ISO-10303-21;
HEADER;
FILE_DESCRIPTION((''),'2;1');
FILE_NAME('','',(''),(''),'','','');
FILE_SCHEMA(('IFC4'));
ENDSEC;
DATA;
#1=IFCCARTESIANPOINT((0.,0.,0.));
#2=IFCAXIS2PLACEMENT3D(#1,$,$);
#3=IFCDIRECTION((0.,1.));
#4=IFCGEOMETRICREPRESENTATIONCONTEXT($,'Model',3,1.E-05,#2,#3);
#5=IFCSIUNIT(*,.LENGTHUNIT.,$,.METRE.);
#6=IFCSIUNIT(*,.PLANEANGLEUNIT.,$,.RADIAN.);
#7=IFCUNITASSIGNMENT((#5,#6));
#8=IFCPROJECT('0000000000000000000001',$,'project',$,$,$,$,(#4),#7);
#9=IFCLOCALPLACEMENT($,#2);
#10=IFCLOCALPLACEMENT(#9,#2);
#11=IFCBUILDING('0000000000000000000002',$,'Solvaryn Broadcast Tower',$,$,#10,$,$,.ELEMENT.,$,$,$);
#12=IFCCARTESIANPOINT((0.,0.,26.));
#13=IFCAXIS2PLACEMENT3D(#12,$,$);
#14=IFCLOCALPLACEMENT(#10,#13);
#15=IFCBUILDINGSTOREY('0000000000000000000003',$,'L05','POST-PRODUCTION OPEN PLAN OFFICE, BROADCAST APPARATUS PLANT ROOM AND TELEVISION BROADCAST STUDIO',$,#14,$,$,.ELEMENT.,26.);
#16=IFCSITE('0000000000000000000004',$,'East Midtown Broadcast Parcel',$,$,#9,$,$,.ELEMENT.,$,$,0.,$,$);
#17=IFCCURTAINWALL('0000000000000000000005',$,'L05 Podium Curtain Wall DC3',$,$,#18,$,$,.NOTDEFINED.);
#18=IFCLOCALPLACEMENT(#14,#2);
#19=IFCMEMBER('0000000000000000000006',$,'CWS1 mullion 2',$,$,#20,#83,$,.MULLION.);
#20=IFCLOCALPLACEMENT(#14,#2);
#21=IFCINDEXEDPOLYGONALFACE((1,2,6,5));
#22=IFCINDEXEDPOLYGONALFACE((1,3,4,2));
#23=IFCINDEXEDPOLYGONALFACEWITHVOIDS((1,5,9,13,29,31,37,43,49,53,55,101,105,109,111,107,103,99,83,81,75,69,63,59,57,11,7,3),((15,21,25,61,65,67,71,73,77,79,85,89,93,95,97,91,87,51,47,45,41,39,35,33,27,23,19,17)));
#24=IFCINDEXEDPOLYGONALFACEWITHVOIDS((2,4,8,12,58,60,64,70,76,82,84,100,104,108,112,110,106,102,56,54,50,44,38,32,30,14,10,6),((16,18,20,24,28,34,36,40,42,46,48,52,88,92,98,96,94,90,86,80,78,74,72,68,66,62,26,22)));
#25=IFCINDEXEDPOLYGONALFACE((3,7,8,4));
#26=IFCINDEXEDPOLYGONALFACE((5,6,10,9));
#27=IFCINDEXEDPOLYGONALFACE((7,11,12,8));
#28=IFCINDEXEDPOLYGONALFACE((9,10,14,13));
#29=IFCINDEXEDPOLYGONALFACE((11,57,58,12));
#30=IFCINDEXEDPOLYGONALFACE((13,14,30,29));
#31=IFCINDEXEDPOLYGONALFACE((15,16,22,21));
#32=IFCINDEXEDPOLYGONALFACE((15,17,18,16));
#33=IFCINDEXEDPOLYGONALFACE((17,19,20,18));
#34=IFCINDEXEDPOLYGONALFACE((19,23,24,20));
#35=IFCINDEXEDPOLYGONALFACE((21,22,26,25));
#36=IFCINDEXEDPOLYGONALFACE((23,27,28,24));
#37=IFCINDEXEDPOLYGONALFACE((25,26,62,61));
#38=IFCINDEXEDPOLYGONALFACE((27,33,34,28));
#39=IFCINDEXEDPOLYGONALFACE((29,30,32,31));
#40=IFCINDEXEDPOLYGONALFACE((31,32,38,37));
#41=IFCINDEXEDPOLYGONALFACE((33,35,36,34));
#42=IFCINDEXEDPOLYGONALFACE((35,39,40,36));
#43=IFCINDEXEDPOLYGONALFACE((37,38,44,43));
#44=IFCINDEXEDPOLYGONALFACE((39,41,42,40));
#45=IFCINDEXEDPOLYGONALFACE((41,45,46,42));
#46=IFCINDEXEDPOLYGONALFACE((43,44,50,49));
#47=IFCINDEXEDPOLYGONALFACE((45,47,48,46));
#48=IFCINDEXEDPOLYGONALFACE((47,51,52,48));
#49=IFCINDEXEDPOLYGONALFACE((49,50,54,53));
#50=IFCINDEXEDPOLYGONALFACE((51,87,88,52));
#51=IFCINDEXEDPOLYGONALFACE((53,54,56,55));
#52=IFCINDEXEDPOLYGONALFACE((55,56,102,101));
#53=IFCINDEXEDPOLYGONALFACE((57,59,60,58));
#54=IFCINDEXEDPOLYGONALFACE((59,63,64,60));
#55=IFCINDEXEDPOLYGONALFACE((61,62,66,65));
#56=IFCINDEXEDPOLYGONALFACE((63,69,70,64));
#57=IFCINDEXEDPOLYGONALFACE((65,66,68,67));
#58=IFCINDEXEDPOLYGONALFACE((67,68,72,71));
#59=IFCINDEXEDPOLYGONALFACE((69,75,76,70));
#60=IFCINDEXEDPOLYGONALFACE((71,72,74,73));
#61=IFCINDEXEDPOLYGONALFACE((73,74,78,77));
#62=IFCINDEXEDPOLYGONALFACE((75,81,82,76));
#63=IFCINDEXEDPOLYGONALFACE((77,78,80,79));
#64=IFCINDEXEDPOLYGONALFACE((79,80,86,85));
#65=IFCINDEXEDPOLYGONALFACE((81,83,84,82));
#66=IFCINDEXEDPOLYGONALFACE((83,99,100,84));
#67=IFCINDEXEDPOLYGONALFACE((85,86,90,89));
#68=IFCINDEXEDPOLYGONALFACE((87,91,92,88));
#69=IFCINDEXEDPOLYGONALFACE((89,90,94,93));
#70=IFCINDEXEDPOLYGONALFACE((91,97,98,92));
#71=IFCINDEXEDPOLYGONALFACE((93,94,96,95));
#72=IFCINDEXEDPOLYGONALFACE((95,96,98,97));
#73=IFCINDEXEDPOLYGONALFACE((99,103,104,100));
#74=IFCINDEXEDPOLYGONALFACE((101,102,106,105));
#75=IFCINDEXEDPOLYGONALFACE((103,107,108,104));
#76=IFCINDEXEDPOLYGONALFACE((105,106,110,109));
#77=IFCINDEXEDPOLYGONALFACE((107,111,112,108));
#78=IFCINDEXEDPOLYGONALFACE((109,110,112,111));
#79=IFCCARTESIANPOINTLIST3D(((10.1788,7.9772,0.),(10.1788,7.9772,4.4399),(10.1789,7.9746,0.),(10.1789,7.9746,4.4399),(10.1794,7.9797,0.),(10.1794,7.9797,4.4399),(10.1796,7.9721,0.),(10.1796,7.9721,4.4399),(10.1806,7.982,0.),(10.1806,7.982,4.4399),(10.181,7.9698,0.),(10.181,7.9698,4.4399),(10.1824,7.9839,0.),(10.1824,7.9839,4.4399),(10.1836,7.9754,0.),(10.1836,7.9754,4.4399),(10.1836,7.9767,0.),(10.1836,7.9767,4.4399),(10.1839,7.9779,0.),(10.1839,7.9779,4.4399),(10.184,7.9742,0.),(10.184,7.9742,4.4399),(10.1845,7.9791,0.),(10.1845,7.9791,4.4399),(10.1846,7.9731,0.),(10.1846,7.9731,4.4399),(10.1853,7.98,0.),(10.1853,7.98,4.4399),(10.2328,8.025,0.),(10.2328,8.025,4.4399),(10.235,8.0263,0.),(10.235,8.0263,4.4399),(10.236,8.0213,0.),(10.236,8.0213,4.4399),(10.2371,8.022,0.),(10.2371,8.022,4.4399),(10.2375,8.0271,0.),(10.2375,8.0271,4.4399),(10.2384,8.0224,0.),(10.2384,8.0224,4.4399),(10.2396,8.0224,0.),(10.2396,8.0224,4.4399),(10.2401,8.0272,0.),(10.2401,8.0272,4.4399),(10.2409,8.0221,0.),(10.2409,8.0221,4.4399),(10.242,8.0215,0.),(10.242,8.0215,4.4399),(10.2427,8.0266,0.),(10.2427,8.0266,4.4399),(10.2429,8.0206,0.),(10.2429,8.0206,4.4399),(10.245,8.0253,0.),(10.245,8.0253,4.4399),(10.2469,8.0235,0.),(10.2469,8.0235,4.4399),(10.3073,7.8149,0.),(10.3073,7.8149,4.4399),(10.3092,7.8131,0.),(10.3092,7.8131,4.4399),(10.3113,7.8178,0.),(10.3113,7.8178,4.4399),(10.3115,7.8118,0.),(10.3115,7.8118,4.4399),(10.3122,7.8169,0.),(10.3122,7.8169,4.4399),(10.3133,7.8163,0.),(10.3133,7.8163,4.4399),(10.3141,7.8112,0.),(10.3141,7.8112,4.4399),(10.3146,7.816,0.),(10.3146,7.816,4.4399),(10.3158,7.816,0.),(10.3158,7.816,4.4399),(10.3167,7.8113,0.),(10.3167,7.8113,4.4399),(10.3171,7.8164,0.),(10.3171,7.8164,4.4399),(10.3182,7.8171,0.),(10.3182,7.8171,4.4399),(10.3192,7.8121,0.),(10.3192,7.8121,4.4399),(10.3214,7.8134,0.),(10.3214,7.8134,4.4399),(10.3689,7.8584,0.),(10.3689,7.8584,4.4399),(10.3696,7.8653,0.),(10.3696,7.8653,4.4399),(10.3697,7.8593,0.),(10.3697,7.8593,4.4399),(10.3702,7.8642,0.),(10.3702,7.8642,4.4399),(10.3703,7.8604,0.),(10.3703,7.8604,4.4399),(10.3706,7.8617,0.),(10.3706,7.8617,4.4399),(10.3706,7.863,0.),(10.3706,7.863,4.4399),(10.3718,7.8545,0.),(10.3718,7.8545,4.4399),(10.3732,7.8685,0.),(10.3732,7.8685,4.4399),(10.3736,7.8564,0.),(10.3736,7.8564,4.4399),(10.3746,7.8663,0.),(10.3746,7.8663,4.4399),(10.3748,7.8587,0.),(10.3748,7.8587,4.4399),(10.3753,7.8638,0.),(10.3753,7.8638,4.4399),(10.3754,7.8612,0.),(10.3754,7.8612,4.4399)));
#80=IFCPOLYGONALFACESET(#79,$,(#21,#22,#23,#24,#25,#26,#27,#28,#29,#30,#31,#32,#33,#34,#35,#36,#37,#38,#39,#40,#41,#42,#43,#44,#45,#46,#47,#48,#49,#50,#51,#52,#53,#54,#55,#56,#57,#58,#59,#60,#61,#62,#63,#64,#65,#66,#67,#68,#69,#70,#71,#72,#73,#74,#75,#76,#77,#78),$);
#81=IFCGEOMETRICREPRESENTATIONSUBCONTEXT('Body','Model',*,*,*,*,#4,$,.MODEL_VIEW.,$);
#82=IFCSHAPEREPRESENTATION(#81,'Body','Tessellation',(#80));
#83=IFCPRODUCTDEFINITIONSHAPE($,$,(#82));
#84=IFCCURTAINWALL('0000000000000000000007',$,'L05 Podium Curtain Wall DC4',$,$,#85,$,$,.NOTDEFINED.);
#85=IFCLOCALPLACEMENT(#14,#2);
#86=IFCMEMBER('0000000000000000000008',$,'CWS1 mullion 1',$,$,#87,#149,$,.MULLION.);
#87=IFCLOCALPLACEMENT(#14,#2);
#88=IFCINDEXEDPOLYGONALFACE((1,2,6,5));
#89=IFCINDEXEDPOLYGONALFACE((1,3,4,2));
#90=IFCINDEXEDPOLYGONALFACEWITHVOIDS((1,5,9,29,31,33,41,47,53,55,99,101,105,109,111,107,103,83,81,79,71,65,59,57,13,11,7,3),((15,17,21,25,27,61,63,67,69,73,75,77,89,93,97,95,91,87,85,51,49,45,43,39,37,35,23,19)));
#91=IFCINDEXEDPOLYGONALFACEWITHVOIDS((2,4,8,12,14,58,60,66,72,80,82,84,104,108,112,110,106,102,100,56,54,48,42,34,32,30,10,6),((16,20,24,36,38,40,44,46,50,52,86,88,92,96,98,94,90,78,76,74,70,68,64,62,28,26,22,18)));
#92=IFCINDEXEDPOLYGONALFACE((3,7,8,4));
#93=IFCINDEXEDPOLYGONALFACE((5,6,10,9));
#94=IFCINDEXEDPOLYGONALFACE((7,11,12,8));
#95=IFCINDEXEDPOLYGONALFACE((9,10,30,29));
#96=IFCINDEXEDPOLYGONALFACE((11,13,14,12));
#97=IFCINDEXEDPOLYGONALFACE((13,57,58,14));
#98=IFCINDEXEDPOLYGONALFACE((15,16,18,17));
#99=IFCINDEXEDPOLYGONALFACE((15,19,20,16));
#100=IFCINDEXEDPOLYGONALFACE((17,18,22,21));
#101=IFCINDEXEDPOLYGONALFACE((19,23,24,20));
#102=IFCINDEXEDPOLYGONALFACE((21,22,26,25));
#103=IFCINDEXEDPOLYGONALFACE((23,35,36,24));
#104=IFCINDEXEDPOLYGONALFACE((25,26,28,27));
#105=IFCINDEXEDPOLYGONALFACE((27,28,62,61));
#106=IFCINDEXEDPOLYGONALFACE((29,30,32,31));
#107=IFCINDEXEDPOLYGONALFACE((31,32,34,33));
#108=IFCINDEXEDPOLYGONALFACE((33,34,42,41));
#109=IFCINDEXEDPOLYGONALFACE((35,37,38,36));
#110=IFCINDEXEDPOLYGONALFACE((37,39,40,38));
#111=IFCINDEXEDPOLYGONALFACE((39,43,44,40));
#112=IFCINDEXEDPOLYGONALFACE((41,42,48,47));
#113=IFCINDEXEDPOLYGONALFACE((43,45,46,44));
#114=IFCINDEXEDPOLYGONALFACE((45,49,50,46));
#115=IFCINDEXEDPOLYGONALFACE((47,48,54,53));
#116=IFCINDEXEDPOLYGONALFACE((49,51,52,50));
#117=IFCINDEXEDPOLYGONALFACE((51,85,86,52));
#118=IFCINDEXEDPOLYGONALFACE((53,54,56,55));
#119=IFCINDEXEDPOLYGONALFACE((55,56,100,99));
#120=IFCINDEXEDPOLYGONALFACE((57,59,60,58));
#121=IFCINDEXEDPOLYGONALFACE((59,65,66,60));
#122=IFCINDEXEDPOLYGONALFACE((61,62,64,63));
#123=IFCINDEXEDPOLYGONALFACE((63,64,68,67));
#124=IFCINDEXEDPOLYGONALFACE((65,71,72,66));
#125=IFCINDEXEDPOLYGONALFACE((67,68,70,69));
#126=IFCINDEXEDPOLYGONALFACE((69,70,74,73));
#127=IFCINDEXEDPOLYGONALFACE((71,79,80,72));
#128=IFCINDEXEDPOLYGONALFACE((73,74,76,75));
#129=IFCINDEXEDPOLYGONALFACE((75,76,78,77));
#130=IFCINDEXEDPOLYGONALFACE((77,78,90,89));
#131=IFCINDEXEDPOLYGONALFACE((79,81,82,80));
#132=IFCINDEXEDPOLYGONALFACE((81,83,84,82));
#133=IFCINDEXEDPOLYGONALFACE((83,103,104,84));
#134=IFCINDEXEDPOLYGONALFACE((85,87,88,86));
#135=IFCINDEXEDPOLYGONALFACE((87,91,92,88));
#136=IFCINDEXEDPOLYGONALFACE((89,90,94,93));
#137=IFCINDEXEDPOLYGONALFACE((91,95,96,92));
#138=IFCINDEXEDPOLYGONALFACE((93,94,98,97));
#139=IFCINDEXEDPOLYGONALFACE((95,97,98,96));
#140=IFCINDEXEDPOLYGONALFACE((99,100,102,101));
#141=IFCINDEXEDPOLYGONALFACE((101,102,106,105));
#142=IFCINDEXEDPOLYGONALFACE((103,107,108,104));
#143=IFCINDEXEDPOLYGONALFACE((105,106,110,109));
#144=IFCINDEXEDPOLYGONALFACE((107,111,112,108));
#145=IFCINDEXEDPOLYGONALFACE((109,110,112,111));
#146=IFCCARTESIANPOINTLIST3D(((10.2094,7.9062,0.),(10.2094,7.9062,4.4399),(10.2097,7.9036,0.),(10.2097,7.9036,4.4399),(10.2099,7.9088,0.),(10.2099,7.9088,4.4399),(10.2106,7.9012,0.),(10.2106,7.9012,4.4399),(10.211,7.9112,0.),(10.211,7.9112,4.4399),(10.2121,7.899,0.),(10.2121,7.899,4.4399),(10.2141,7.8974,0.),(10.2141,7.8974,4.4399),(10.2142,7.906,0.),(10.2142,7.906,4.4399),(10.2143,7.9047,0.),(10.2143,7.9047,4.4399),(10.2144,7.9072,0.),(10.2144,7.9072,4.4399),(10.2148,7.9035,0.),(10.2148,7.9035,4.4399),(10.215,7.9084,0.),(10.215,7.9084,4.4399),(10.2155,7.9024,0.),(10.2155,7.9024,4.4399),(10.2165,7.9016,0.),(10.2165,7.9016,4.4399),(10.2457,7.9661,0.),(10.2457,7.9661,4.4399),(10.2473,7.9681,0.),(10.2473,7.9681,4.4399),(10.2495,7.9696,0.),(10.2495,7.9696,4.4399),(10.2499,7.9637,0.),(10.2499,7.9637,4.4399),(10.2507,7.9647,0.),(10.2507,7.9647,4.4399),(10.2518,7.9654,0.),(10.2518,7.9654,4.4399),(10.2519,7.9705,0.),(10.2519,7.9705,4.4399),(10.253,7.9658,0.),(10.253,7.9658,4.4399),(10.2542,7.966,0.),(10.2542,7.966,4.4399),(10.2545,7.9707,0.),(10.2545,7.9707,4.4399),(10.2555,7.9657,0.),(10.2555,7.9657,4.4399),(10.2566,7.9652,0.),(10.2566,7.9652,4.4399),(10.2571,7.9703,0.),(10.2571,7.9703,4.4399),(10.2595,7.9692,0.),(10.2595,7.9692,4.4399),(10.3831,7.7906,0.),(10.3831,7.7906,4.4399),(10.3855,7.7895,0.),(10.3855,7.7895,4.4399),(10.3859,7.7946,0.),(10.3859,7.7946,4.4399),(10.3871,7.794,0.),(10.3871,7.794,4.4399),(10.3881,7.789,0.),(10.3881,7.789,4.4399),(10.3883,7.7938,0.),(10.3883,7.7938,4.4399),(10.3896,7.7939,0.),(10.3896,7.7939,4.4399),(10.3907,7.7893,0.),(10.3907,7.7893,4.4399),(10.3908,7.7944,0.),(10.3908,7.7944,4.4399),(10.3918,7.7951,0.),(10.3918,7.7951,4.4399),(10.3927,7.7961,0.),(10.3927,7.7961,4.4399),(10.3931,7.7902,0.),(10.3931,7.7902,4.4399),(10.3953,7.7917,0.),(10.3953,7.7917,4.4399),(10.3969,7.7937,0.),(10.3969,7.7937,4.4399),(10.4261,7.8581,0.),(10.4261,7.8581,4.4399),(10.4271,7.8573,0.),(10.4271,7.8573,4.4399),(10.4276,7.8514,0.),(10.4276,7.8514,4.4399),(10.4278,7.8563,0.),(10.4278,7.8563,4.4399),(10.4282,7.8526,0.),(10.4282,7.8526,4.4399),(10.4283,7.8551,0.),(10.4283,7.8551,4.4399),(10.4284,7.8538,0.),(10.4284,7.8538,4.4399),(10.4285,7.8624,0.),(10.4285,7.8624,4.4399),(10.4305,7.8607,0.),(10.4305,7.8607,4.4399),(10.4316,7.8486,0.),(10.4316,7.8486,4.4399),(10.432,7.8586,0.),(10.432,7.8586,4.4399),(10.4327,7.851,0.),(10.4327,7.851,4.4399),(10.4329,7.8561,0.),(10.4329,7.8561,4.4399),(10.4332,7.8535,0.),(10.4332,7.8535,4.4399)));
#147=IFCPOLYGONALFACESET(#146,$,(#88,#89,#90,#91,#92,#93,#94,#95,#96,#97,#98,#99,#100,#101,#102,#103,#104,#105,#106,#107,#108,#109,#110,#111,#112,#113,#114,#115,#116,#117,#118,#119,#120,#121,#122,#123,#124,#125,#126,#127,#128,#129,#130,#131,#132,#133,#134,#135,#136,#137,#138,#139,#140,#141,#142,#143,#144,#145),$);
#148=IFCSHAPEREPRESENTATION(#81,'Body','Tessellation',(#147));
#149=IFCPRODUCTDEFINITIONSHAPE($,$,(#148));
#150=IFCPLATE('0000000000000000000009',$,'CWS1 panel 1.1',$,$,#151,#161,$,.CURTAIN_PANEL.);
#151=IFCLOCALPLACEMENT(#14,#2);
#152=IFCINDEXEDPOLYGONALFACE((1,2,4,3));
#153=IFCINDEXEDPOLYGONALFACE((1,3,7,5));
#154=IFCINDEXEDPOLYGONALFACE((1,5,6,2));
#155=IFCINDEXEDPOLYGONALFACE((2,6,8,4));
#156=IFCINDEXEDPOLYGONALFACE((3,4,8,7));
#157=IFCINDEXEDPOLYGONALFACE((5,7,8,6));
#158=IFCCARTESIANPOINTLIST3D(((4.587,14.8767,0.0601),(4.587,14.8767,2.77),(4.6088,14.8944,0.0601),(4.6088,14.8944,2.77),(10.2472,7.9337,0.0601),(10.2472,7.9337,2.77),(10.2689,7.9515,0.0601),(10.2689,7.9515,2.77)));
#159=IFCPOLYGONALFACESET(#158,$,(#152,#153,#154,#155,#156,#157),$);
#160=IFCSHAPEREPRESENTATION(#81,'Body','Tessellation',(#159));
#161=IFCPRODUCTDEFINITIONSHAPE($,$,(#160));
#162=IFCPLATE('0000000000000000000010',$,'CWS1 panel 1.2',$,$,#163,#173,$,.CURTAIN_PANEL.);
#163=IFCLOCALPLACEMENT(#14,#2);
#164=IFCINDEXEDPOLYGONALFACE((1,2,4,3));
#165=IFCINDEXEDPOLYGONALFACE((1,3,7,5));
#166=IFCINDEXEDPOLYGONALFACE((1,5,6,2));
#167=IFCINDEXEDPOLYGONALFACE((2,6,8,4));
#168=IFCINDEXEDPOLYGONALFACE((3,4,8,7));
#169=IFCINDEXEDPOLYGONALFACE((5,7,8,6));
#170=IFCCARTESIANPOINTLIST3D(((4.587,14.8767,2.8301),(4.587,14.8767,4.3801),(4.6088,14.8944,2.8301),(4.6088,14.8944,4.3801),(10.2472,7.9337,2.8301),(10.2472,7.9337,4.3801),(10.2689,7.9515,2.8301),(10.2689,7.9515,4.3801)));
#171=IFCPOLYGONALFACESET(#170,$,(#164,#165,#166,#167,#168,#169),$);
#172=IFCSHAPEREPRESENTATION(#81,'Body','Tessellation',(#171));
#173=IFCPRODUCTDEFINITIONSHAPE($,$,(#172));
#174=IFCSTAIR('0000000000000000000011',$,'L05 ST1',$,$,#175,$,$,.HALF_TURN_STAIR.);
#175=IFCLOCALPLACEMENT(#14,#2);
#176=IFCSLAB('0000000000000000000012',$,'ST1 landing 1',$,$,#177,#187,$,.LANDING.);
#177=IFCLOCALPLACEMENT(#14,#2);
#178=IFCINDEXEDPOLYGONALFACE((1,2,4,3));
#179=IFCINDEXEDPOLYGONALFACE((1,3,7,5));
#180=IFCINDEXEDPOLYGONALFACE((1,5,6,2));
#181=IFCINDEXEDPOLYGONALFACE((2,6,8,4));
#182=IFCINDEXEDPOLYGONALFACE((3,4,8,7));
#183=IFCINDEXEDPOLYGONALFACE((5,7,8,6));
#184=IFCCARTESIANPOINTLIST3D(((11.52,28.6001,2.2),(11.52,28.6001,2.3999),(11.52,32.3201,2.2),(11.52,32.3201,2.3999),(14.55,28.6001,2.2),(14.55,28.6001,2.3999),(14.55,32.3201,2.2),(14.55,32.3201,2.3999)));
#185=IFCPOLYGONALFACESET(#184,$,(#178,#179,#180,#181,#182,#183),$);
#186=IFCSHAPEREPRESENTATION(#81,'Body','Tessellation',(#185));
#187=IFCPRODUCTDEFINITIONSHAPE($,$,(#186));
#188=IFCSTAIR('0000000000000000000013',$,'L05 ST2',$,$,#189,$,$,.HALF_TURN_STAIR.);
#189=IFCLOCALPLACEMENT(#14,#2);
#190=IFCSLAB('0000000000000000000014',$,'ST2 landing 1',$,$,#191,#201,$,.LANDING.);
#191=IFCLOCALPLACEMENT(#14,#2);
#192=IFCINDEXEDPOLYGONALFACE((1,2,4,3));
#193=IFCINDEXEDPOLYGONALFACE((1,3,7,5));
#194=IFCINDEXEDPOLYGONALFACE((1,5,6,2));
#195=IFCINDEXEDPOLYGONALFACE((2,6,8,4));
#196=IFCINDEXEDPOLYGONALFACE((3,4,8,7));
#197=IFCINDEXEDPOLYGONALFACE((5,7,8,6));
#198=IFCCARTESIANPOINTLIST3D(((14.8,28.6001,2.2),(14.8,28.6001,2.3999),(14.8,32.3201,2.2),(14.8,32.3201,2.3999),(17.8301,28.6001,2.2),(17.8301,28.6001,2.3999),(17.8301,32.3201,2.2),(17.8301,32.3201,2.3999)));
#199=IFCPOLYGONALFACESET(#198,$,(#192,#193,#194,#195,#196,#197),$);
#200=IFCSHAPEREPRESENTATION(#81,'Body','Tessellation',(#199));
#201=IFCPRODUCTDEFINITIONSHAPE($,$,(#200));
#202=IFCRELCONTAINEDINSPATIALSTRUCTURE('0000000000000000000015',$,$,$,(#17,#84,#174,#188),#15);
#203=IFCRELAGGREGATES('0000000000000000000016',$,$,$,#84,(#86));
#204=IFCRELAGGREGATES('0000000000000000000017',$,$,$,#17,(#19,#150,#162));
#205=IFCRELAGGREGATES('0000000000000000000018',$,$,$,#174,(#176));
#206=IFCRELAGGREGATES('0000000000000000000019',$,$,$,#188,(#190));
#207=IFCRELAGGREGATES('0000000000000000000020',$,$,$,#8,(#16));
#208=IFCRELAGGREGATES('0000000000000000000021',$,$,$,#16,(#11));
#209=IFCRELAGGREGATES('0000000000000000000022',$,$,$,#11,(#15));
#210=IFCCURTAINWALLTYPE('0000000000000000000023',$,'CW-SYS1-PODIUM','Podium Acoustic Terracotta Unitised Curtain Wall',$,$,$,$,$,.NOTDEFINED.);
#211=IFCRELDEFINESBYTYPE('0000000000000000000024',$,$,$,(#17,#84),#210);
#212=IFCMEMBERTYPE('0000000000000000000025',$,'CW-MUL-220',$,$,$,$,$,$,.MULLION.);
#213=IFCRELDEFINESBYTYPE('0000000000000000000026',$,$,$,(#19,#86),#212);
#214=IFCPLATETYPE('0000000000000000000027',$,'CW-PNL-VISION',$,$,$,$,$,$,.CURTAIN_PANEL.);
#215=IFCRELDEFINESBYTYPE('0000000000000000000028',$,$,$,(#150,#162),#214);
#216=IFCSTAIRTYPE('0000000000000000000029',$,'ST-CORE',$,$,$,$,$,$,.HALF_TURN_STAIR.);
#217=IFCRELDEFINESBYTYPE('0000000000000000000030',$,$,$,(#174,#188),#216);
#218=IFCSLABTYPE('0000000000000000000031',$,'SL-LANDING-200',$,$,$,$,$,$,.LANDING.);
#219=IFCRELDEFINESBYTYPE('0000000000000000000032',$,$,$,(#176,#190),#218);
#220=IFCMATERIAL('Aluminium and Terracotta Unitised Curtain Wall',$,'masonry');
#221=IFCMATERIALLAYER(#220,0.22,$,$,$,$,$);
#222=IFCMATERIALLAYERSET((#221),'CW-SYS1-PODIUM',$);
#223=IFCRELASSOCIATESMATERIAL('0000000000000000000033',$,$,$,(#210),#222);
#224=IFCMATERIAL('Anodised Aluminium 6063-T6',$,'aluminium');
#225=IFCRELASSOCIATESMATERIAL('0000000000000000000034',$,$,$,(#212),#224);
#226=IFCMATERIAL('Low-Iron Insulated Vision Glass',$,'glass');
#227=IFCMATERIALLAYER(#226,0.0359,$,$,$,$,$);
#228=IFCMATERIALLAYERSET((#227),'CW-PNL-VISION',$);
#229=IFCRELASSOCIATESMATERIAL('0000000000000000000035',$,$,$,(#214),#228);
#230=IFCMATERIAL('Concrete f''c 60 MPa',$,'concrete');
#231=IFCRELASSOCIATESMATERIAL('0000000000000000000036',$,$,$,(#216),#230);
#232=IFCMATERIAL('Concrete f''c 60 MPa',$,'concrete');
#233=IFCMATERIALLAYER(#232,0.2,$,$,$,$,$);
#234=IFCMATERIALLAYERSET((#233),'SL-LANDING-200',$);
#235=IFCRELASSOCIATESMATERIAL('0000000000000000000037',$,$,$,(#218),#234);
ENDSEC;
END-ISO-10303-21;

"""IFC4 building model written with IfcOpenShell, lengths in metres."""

from ifc_helpers import new_model, si_unit, direction, frame, origin, origin_2d, place, context, subcontext, project, spatial, polyline, rectangle, hollow_rectangle, outline, extrude, material, layer, layer_set, material_profile, profile_set, type_object, element, aggregate, save


model = new_model("IFC4")

# Units and contexts
model_context = context("Model", 3, precision=1e-05, world=origin(), true_north=direction((0.0, 1.0)))
body_context = subcontext(model_context, "Body", "Model", "MODEL_VIEW")
ifc_project = project(units=[si_unit("LENGTHUNIT", "METRE"), si_unit("PLANEANGLEUNIT", "RADIAN")], contexts=[model_context])

# Site, building, storey
site_placement = place(None, origin())
site = spatial("IfcSite", under=ifc_project, at=site_placement, Name="East Midtown Broadcast Parcel", CompositionType="ELEMENT", RefElevation=0.0)
building_placement = place(site_placement, origin())
building = spatial("IfcBuilding", under=site, at=building_placement, Name="Solvaryn Broadcast Tower", CompositionType="ELEMENT")
storey_placement = place(building_placement, frame((0.0, 0.0, 26.0)))
storey = spatial("IfcBuildingStorey", under=building, at=storey_placement, Name="L05", Description="POST-PRODUCTION OPEN PLAN OFFICE, BROADCAST APPARATUS PLANT ROOM AND TELEVISION BROADCAST STUDIO", CompositionType="ELEMENT", Elevation=26.0)

# Curtain walls, members
ifc_material_1 = material(Name="Aluminium and Terracotta Unitised Curtain Wall", Category="masonry")
ifc_layer_1 = layer(ifc_material_1, 0.22)
ifc_layer_set_1 = layer_set([ifc_layer_1], Name="CW-SYS1-PODIUM")
curtain_wall_type = type_object("IfcCurtainWallType", Name="CW-SYS1-PODIUM", Description="Podium Acoustic Terracotta Unitised Curtain Wall", PredefinedType="NOTDEFINED", material=ifc_layer_set_1)
curtain_wall_1_placement = place(storey_placement, origin())
curtain_wall_1 = element("IfcCurtainWall", 1, at=curtain_wall_1_placement, inside=storey, type_object=curtain_wall_type, Name="L05 Podium Curtain Wall DC3", PredefinedType="NOTDEFINED")
ifc_material_2 = material(Name="Anodised Aluminium 6063-T6", Category="aluminium")
ifc_material_profile_1 = material_profile(ifc_material_2, hollow_rectangle(XDim=0.085, YDim=0.22, WallThickness=0.0049, InnerFilletRadius=0.0049, OuterFilletRadius=0.01, at=origin_2d()))
ifc_profile_set_1 = profile_set([ifc_material_profile_1], Name="Anodised Aluminium 6063-T6")
member_type = type_object("IfcMemberType", Name="CW-MUL-220", PredefinedType="MULLION", material=ifc_profile_set_1)
member_1_placement = place(storey_placement, frame((10.2771, 7.9192, 0.0), z_axis=(0.0, 0.0, 1.0), x_axis=(0.775075, 0.631869, 0.0)))
member_1 = element("IfcMember", 2, at=member_1_placement, type_object=member_type, Name="CWS1 mullion 2", PredefinedType="MULLION", context=body_context, shape_type="SweptSolid", body=[
    extrude(hollow_rectangle(XDim=0.085, YDim=0.22, WallThickness=0.0049, InnerFilletRadius=0.0049, OuterFilletRadius=0.01, at=origin_2d()), origin(), (0.0, 0.0, 1.0), 4.4399),
])
curtain_wall_2_placement = place(storey_placement, origin())
curtain_wall_2 = element("IfcCurtainWall", 3, at=curtain_wall_2_placement, inside=storey, type_object=curtain_wall_type, Name="L05 Podium Curtain Wall DC4", PredefinedType="NOTDEFINED")
member_2_placement = place(storey_placement, frame((10.3213, 7.8799, 0.0), z_axis=(0.0, 0.0, 1.0), x_axis=(0.534171, 0.845376, 0.0)))
member_2 = element("IfcMember", 4, at=member_2_placement, type_object=member_type, Name="CWS1 mullion 1", PredefinedType="MULLION", context=body_context, shape_type="SweptSolid", body=[
    extrude(hollow_rectangle(XDim=0.085, YDim=0.22, WallThickness=0.0049, InnerFilletRadius=0.0049, OuterFilletRadius=0.01, at=origin_2d()), origin(), (0.0, 0.0, 1.0), 4.4399),
])
aggregate(curtain_wall_2, [member_2])

# Plates
ifc_material_3 = material(Name="Low-Iron Insulated Vision Glass", Category="glass")
ifc_layer_2 = layer(ifc_material_3, 0.0359)
ifc_layer_set_2 = layer_set([ifc_layer_2], Name="CW-PNL-VISION")
plate_type = type_object("IfcPlateType", Name="CW-PNL-VISION", PredefinedType="CURTAIN_PANEL", material=ifc_layer_set_2)
plate_1_placement = place(storey_placement, frame((7.428, 11.4141, 0.0601), z_axis=(0.0, 0.0, 1.0), x_axis=(0.631869, -0.775075, 0.0)))
plate_1 = element("IfcPlate", 5, at=plate_1_placement, type_object=plate_type, Name="CWS1 panel 1.1", PredefinedType="CURTAIN_PANEL", context=body_context, shape_type="SweptSolid", body=[
    extrude(rectangle(XDim=8.9578, YDim=0.0281, at=origin_2d()), origin(), (0.0, 0.0, 1.0), 2.71),
])
plate_2_placement = place(storey_placement, frame((7.428, 11.4141, 2.8301), z_axis=(0.0, 0.0, 1.0), x_axis=(0.631869, -0.775075, 0.0)))
plate_2 = element("IfcPlate", 6, at=plate_2_placement, type_object=plate_type, Name="CWS1 panel 1.2", PredefinedType="CURTAIN_PANEL", context=body_context, shape_type="SweptSolid", body=[
    extrude(rectangle(XDim=8.9578, YDim=0.0281, at=origin_2d()), origin(), (0.0, 0.0, 1.0), 1.55),
])
aggregate(curtain_wall_1, [member_1, plate_1, plate_2])

# Stairs, slabs
ifc_material_4 = material(Name="Concrete f'c 60 MPa", Category="concrete")
stair_type = type_object("IfcStairType", Name="ST-CORE", PredefinedType="HALF_TURN_STAIR", material=ifc_material_4)
stair_1_placement = place(storey_placement, origin())
stair_1 = element("IfcStair", 7, at=stair_1_placement, inside=storey, type_object=stair_type, Name="L05 ST1", PredefinedType="HALF_TURN_STAIR")
ifc_material_5 = material(Name="Concrete f'c 60 MPa", Category="concrete")
ifc_layer_3 = layer(ifc_material_5, 0.2)
ifc_layer_set_3 = layer_set([ifc_layer_3], Name="SL-LANDING-200")
slab_type_1 = type_object("IfcSlabType", Name="SL-LANDING-200", PredefinedType="LANDING", material=ifc_layer_set_3)
slab_1_placement = place(storey_placement, frame((0.0, 0.0, 2.2)))
slab_1 = element("IfcSlab", 8, at=slab_1_placement, type_object=slab_type_1, Name="ST1 landing 1", PredefinedType="LANDING", context=body_context, shape_type="SweptSolid", body=[
    extrude(outline(polyline([(11.52, 32.3201), (11.52, 28.6001), (14.55, 28.6001), (14.55, 32.3201), (11.52, 32.3201)])), origin(), (0.0, 0.0, 1.0), 0.2),
])
aggregate(stair_1, [slab_1])
stair_2_placement = place(storey_placement, origin())
stair_2 = element("IfcStair", 9, at=stair_2_placement, inside=storey, type_object=stair_type, Name="L05 ST2", PredefinedType="HALF_TURN_STAIR")
slab_2_placement = place(storey_placement, frame((0.0, 0.0, 2.2)))
slab_2 = element("IfcSlab", 10, at=slab_2_placement, type_object=slab_type_1, Name="ST2 landing 1", PredefinedType="LANDING", context=body_context, shape_type="SweptSolid", body=[
    extrude(outline(polyline([(14.8, 32.3201), (14.8, 28.6001), (17.8301, 28.6001), (17.8301, 32.3201), (14.8, 32.3201)])), origin(), (0.0, 0.0, 1.0), 0.2),
])
aggregate(stair_2, [slab_2])

save(model, "model.ifc")
